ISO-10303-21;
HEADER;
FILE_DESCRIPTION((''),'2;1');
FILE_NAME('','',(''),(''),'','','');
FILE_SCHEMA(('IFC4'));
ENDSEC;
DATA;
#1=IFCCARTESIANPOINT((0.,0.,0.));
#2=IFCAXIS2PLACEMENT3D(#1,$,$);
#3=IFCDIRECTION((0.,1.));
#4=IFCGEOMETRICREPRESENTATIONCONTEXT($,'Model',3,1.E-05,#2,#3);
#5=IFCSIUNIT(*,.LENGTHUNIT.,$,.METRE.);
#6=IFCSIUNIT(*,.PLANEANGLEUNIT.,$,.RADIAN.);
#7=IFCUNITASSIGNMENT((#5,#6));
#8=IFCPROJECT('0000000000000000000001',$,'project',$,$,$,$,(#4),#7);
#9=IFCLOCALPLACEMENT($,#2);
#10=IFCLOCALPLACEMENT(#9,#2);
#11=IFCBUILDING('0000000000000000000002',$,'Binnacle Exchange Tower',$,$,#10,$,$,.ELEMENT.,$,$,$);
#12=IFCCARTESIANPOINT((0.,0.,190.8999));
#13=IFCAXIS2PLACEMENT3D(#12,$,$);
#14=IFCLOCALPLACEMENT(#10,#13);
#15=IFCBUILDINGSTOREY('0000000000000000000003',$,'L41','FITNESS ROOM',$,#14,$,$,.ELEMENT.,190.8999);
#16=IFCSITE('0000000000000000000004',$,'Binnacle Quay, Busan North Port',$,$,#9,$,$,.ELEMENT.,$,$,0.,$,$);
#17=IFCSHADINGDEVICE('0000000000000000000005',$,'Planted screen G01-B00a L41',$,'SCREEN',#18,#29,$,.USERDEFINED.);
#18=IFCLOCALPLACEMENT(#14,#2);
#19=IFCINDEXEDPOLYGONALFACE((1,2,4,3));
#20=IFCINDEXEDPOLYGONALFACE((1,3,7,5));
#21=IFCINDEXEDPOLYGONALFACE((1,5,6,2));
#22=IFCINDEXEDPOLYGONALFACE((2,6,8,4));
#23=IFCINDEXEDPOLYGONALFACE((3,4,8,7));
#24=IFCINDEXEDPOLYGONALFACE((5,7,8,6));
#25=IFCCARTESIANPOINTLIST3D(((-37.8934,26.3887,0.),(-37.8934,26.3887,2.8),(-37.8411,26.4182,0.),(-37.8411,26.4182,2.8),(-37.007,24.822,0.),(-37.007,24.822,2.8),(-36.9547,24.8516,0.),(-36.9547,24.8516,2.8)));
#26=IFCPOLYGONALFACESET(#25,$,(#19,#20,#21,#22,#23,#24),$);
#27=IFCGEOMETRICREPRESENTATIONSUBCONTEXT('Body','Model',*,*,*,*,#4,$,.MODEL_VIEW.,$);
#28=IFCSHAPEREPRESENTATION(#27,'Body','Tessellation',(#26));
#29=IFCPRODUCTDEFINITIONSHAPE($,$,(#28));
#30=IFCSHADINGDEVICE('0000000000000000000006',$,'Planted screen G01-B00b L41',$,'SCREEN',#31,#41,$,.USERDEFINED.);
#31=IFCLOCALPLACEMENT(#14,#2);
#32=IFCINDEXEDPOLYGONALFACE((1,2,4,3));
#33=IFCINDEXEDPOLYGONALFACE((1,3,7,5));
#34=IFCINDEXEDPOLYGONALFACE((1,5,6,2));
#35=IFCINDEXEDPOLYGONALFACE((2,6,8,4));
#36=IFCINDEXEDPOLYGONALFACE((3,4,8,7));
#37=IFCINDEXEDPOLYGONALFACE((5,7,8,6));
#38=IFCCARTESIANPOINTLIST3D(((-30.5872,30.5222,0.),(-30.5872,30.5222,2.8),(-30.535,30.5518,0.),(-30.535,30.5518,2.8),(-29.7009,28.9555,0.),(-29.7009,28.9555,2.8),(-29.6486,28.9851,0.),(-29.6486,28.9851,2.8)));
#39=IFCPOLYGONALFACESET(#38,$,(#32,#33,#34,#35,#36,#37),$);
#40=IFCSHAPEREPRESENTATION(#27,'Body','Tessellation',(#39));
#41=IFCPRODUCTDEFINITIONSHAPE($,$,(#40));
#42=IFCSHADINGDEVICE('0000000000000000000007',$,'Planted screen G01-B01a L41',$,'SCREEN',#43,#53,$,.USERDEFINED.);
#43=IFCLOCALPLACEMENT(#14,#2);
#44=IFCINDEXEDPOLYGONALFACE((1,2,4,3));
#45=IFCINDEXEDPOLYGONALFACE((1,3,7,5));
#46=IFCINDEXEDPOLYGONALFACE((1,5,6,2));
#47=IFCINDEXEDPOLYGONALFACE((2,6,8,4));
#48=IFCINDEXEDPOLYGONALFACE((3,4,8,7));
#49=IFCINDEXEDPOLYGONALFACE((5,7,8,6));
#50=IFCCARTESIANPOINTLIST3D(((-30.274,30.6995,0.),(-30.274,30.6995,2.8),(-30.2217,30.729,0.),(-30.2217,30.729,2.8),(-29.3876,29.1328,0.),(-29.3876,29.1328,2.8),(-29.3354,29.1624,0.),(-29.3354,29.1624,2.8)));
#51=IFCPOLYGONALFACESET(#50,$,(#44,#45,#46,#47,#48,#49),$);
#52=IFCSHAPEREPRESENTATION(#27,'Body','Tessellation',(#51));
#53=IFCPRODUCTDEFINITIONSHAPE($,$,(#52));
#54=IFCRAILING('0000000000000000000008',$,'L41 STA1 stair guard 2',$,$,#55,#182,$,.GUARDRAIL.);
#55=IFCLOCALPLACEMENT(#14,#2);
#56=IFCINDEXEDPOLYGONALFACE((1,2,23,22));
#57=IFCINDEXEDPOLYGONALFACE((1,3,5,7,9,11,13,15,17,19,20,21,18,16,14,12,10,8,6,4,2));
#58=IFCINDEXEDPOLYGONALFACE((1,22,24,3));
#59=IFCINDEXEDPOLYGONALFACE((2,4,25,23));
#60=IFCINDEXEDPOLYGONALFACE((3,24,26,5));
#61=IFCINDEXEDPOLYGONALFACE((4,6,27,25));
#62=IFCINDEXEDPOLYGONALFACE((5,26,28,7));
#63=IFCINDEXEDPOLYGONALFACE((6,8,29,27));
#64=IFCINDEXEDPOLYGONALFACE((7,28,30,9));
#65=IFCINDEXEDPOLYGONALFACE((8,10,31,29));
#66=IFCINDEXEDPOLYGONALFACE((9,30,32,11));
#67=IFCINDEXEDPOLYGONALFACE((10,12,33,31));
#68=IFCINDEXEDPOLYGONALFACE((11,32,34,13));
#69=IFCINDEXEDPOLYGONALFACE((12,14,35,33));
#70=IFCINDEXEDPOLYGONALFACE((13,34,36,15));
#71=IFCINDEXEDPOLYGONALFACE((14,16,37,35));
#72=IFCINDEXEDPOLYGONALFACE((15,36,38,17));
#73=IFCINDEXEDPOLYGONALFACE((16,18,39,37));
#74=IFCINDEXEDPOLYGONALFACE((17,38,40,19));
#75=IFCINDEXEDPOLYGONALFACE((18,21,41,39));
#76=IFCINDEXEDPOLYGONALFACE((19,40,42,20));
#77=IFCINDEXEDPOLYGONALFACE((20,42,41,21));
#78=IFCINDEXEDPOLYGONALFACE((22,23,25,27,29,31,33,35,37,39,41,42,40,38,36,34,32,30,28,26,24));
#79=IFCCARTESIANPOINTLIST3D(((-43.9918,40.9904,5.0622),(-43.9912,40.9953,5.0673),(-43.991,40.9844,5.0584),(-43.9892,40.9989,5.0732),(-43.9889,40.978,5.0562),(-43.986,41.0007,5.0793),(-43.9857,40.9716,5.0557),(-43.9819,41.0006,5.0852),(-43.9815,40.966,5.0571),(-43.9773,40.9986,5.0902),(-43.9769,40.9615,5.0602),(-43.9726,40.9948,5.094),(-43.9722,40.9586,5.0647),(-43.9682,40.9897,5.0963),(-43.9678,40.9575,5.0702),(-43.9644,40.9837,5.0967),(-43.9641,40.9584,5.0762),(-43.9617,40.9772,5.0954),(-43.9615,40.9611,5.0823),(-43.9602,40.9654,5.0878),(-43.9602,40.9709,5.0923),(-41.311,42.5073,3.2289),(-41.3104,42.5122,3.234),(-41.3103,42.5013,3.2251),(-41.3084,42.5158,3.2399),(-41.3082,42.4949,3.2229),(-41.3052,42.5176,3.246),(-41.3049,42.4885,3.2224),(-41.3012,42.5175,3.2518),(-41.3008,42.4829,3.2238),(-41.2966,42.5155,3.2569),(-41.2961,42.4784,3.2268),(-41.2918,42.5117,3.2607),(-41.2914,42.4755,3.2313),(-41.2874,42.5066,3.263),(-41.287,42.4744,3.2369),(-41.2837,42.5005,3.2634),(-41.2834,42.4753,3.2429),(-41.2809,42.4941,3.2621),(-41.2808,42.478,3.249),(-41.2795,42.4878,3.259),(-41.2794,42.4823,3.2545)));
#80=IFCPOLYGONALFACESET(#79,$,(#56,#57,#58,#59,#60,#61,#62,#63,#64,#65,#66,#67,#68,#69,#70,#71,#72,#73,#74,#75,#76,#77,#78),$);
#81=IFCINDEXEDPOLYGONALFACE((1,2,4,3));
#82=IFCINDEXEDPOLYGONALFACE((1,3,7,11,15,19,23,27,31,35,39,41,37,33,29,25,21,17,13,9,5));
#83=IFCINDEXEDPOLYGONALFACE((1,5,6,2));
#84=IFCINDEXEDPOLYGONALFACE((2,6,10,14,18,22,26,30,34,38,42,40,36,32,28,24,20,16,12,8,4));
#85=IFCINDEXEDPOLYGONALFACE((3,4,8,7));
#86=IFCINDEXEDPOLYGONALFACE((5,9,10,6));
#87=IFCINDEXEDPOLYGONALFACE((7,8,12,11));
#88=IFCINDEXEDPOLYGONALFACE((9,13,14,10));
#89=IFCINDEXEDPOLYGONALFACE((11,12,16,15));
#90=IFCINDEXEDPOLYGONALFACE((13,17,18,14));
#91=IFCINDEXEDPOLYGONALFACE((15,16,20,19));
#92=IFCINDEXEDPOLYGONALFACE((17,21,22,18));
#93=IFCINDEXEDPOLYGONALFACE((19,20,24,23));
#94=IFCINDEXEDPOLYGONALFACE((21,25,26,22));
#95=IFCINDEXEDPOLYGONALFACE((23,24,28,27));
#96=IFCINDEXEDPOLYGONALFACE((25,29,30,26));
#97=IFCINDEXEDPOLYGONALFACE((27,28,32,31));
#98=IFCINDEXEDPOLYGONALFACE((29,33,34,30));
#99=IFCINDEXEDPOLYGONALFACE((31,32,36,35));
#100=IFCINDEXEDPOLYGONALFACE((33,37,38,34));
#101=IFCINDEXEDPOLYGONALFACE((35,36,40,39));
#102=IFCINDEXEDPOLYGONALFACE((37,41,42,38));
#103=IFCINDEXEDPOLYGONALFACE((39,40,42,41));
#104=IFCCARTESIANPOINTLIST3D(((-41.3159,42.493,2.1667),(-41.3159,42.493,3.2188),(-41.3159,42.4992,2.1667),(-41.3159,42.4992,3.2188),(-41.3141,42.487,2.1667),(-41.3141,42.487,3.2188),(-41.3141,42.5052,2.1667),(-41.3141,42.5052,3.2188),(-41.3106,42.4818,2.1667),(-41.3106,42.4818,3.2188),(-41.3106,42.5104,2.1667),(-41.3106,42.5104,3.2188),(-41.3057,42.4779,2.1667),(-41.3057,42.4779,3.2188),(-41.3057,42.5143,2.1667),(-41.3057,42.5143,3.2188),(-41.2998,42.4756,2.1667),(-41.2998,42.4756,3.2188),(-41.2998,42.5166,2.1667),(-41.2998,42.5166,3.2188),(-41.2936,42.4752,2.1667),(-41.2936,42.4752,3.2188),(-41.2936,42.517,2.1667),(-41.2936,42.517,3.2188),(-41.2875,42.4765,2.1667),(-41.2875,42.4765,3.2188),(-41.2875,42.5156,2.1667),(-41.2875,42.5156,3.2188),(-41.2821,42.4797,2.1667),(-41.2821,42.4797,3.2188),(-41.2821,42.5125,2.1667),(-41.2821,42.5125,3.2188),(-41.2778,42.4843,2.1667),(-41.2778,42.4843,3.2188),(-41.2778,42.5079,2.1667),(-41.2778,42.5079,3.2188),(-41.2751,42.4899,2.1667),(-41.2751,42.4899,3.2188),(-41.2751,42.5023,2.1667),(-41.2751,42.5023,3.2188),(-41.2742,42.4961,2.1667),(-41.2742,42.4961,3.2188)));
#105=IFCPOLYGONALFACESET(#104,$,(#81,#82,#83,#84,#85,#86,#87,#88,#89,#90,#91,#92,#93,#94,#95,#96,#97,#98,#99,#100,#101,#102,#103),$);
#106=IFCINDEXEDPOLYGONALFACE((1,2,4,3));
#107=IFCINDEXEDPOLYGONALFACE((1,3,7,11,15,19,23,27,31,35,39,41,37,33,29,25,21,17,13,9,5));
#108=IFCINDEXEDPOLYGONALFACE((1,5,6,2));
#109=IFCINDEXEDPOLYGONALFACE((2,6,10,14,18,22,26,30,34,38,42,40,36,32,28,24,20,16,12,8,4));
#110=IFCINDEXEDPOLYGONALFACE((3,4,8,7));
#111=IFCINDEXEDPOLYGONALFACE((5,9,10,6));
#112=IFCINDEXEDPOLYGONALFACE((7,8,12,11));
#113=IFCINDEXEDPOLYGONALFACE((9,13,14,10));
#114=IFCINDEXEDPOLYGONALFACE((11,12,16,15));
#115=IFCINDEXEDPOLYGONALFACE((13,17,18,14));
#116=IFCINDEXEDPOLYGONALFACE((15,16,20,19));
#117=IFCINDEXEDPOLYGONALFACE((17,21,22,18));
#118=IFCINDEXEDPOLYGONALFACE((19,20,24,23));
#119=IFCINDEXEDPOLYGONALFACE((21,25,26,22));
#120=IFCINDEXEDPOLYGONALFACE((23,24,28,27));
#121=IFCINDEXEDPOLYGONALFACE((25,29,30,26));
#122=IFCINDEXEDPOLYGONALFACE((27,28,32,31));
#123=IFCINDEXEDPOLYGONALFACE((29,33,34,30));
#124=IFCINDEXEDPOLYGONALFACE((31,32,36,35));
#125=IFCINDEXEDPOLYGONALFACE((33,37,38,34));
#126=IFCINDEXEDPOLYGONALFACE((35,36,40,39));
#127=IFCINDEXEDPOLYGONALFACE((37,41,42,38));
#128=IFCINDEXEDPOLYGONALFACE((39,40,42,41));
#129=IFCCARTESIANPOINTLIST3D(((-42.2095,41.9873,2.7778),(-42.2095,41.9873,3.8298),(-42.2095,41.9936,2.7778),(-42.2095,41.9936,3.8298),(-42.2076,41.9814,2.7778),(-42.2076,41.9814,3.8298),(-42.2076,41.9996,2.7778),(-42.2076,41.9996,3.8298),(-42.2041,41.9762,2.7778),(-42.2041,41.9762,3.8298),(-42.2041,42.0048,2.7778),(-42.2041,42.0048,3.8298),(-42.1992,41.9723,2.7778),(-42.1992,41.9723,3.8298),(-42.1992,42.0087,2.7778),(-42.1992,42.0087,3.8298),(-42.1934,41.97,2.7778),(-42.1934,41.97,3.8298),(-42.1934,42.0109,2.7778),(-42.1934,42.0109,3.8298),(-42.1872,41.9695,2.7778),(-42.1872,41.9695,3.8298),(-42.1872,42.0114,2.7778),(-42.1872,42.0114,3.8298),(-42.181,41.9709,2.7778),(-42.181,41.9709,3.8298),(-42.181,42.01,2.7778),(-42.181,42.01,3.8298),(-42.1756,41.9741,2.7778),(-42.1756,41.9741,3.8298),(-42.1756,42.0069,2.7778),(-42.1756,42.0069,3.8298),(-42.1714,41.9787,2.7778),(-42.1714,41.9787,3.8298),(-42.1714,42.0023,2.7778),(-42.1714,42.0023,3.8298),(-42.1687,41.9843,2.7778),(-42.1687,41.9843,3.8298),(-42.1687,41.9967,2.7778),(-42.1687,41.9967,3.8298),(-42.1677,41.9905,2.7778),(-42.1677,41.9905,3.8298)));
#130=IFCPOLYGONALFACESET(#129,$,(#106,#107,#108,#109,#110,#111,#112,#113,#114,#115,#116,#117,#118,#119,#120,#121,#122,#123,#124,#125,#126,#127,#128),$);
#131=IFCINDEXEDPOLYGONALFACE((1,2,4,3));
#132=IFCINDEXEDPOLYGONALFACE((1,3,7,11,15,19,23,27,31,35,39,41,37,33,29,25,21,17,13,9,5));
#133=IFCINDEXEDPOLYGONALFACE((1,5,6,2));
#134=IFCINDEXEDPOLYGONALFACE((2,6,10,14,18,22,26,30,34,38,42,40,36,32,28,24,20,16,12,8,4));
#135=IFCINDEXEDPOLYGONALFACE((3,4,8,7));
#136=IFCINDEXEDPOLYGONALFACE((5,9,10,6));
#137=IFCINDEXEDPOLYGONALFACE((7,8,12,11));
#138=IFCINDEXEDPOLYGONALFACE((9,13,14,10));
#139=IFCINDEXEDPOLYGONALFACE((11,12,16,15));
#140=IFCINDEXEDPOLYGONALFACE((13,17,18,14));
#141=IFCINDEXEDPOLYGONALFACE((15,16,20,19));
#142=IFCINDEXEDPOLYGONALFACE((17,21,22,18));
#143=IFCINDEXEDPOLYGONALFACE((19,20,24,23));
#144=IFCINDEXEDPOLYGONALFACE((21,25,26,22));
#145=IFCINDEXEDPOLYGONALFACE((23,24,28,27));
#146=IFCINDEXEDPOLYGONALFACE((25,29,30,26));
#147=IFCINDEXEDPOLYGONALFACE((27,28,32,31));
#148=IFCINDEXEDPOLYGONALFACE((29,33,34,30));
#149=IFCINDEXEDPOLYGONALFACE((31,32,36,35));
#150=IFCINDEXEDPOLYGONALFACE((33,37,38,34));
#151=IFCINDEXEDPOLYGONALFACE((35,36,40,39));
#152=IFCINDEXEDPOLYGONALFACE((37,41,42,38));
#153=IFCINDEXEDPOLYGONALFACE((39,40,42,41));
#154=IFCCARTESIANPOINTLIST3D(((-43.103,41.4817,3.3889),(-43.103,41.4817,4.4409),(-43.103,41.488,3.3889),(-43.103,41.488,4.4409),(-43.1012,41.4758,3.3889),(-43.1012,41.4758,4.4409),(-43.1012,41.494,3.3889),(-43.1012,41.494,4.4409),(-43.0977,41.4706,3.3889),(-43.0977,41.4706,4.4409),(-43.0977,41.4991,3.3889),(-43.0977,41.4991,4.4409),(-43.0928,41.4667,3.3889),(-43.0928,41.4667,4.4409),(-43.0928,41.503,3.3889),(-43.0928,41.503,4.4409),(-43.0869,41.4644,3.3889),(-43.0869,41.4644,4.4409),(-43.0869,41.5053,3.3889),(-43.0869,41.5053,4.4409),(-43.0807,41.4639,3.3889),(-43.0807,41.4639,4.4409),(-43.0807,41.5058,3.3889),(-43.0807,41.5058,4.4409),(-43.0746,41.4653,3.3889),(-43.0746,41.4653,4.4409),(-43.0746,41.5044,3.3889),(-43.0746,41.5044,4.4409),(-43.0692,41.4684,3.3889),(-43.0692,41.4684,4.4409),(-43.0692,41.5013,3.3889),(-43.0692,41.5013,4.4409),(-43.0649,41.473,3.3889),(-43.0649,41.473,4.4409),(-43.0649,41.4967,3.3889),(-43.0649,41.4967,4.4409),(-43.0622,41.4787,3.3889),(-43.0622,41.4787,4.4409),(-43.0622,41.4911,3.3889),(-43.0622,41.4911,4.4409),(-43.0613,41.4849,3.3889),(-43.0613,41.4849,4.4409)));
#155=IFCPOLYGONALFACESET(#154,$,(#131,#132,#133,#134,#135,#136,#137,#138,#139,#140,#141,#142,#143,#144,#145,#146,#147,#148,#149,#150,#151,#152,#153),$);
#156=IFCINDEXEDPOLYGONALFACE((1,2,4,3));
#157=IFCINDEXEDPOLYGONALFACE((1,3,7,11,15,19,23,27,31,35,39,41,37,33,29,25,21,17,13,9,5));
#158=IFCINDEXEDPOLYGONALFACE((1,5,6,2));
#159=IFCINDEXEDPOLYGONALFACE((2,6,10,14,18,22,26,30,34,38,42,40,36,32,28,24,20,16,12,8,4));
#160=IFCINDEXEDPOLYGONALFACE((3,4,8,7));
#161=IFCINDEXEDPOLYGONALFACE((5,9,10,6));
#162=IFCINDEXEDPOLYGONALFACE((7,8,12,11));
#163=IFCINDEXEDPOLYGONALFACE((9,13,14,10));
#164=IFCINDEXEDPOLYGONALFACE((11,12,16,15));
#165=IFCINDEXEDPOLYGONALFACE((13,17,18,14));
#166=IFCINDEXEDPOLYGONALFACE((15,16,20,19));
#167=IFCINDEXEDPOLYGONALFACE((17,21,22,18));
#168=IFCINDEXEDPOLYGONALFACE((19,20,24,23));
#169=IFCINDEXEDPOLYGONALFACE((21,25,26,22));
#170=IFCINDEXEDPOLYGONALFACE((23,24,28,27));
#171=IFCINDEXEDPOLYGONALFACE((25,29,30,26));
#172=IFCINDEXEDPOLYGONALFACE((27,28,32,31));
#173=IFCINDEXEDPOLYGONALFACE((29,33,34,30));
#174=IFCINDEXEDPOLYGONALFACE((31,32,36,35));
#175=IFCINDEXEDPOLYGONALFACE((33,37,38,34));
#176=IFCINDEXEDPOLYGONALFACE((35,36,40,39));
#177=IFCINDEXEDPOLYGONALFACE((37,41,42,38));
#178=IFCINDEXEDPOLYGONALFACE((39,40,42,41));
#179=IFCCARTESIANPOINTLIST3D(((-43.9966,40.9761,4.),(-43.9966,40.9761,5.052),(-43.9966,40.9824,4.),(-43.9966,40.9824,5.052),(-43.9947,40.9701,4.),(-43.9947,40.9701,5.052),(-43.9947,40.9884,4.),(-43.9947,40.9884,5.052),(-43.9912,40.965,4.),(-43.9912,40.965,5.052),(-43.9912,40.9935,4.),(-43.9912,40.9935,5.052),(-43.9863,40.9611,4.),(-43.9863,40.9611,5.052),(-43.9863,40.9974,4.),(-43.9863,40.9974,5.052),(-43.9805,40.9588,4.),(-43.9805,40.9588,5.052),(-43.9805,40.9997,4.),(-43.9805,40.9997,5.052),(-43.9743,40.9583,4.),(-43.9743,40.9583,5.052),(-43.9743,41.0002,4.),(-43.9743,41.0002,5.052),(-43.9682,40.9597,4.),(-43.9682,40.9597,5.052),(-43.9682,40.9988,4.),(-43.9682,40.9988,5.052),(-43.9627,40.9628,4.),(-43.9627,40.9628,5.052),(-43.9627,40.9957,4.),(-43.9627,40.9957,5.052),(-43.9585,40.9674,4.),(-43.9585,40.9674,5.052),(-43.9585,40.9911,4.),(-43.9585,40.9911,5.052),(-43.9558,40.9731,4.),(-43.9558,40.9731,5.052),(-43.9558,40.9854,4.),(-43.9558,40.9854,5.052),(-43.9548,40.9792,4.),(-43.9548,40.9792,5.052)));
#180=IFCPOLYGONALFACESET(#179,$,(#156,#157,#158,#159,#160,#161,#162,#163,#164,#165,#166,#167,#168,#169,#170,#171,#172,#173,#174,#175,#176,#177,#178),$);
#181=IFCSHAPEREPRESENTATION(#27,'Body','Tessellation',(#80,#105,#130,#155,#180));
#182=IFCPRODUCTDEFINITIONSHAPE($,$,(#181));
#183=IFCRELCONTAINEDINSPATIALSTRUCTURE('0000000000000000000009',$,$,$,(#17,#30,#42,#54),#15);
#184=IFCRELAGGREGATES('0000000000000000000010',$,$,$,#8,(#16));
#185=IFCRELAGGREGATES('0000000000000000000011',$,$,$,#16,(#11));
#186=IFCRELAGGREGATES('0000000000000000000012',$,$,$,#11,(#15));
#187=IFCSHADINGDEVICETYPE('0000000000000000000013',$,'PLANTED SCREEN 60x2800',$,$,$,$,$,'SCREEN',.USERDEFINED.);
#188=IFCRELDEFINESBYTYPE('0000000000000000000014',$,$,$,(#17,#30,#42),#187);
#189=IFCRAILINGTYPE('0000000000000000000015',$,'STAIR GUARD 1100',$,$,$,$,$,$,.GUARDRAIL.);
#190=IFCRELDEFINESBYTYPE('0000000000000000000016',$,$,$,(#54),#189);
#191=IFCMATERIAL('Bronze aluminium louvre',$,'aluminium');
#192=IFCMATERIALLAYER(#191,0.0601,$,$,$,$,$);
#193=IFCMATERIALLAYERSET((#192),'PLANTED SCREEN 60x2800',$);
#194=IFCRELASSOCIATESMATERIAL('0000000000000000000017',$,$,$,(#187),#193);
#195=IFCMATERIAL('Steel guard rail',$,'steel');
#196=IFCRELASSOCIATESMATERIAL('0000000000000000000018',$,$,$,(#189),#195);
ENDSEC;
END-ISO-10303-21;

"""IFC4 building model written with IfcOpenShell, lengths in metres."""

from ifc_helpers import new_model, si_unit, direction, frame, origin, origin_2d, place, context, subcontext, project, spatial, rectangle, circle, extrude, material, layer, layer_set, type_object, element, save


model = new_model("IFC4")

# Units and contexts
model_context = context("Model", 3, precision=1e-05, world=origin(), true_north=direction((0.0, 1.0)))
body_context = subcontext(model_context, "Body", "Model", "MODEL_VIEW")
ifc_project = project(units=[si_unit("LENGTHUNIT", "METRE"), si_unit("PLANEANGLEUNIT", "RADIAN")], contexts=[model_context])

# Site, building, storey
site_placement = place(None, origin())
site = spatial("IfcSite", under=ifc_project, at=site_placement, Name="Binnacle Quay, Busan North Port", CompositionType="ELEMENT", RefElevation=0.0)
building_placement = place(site_placement, origin())
building = spatial("IfcBuilding", under=site, at=building_placement, Name="Binnacle Exchange Tower", CompositionType="ELEMENT")
storey_placement = place(building_placement, frame((0.0, 0.0, 190.8999)))
storey = spatial("IfcBuildingStorey", under=building, at=storey_placement, Name="L41", Description="FITNESS ROOM", CompositionType="ELEMENT", Elevation=190.8999)

# Shading devices
ifc_material_1 = material(Name="Bronze aluminium louvre", Category="aluminium")
ifc_layer_1 = layer(ifc_material_1, 0.0601)
ifc_layer_set_1 = layer_set([ifc_layer_1], Name="PLANTED SCREEN 60x2800")
shading_device_type = type_object("IfcShadingDeviceType", Name="PLANTED SCREEN 60x2800", ElementType="SCREEN", PredefinedType="USERDEFINED", material=ifc_layer_set_1)
for number, where, z_axis, x_axis, name in (
    (1, (-37.4241, 25.6201, 0.0), (0.0, 0.0, 1.0), (0.870356, 0.492424, 0.0), "Planted screen G01-B00a L41"),
    (2, (-30.1179, 29.7537, 0.0), (0.0, 0.0, 1.0), (0.870356, 0.492424, 0.0), "Planted screen G01-B00b L41"),
    (3, (-29.8047, 29.9309, 0.0), (0.0, 0.0, 1.0), (0.870356, 0.492424, 0.0), "Planted screen G01-B01a L41"),
):
    element("IfcShadingDevice", number, at=place(storey_placement, frame(where, z_axis=z_axis, x_axis=x_axis)), inside=storey, type_object=shading_device_type, Name=name, ObjectType="SCREEN", PredefinedType="USERDEFINED", context=body_context, shape_type="SweptSolid", body=[
        extrude(rectangle(XDim=0.0601, YDim=1.8, at=origin_2d()), origin(), (0.0, 0.0, 1.0), 2.8),
    ])

# Railing
ifc_material_2 = material(Name="Steel guard rail", Category="steel")
railing_type_1 = type_object("IfcRailingType", Name="STAIR GUARD 1100", PredefinedType="GUARDRAIL", material=ifc_material_2)
railing_1_placement = place(storey_placement, frame((-41.2952, 42.4961, 2.1667)))
element("IfcRailing", 4, at=railing_1_placement, inside=storey, type_object=railing_type_1, Name="L41 STA1 stair guard 2", PredefinedType="GUARDRAIL", context=body_context, shape_type="SweptSolid", body=[
    extrude(circle(Radius=0.0239, at=origin_2d()), frame((0.0, 0.0, 1.0762), z_axis=(-0.747879, -0.423185, 0.51146), x_axis=(0.492472, -0.870328, 0.0)), (0.0, 0.0, 1.0), 3.5845),
    extrude(circle(Radius=0.021, at=origin_2d()), origin(), (0.0, 0.0, 1.0), 1.052),
    extrude(circle(Radius=0.021, at=origin_2d()), frame((-0.8936, -0.5056, 0.6111)), (0.0, 0.0, 1.0), 1.052),
    extrude(circle(Radius=0.021, at=origin_2d()), frame((-1.7871, -1.0112, 1.2222)), (0.0, 0.0, 1.0), 1.052),
    extrude(circle(Radius=0.021, at=origin_2d()), frame((-2.6807, -1.5168, 1.8333)), (0.0, 0.0, 1.0), 1.052),
])

save(model, "model.ifc")
